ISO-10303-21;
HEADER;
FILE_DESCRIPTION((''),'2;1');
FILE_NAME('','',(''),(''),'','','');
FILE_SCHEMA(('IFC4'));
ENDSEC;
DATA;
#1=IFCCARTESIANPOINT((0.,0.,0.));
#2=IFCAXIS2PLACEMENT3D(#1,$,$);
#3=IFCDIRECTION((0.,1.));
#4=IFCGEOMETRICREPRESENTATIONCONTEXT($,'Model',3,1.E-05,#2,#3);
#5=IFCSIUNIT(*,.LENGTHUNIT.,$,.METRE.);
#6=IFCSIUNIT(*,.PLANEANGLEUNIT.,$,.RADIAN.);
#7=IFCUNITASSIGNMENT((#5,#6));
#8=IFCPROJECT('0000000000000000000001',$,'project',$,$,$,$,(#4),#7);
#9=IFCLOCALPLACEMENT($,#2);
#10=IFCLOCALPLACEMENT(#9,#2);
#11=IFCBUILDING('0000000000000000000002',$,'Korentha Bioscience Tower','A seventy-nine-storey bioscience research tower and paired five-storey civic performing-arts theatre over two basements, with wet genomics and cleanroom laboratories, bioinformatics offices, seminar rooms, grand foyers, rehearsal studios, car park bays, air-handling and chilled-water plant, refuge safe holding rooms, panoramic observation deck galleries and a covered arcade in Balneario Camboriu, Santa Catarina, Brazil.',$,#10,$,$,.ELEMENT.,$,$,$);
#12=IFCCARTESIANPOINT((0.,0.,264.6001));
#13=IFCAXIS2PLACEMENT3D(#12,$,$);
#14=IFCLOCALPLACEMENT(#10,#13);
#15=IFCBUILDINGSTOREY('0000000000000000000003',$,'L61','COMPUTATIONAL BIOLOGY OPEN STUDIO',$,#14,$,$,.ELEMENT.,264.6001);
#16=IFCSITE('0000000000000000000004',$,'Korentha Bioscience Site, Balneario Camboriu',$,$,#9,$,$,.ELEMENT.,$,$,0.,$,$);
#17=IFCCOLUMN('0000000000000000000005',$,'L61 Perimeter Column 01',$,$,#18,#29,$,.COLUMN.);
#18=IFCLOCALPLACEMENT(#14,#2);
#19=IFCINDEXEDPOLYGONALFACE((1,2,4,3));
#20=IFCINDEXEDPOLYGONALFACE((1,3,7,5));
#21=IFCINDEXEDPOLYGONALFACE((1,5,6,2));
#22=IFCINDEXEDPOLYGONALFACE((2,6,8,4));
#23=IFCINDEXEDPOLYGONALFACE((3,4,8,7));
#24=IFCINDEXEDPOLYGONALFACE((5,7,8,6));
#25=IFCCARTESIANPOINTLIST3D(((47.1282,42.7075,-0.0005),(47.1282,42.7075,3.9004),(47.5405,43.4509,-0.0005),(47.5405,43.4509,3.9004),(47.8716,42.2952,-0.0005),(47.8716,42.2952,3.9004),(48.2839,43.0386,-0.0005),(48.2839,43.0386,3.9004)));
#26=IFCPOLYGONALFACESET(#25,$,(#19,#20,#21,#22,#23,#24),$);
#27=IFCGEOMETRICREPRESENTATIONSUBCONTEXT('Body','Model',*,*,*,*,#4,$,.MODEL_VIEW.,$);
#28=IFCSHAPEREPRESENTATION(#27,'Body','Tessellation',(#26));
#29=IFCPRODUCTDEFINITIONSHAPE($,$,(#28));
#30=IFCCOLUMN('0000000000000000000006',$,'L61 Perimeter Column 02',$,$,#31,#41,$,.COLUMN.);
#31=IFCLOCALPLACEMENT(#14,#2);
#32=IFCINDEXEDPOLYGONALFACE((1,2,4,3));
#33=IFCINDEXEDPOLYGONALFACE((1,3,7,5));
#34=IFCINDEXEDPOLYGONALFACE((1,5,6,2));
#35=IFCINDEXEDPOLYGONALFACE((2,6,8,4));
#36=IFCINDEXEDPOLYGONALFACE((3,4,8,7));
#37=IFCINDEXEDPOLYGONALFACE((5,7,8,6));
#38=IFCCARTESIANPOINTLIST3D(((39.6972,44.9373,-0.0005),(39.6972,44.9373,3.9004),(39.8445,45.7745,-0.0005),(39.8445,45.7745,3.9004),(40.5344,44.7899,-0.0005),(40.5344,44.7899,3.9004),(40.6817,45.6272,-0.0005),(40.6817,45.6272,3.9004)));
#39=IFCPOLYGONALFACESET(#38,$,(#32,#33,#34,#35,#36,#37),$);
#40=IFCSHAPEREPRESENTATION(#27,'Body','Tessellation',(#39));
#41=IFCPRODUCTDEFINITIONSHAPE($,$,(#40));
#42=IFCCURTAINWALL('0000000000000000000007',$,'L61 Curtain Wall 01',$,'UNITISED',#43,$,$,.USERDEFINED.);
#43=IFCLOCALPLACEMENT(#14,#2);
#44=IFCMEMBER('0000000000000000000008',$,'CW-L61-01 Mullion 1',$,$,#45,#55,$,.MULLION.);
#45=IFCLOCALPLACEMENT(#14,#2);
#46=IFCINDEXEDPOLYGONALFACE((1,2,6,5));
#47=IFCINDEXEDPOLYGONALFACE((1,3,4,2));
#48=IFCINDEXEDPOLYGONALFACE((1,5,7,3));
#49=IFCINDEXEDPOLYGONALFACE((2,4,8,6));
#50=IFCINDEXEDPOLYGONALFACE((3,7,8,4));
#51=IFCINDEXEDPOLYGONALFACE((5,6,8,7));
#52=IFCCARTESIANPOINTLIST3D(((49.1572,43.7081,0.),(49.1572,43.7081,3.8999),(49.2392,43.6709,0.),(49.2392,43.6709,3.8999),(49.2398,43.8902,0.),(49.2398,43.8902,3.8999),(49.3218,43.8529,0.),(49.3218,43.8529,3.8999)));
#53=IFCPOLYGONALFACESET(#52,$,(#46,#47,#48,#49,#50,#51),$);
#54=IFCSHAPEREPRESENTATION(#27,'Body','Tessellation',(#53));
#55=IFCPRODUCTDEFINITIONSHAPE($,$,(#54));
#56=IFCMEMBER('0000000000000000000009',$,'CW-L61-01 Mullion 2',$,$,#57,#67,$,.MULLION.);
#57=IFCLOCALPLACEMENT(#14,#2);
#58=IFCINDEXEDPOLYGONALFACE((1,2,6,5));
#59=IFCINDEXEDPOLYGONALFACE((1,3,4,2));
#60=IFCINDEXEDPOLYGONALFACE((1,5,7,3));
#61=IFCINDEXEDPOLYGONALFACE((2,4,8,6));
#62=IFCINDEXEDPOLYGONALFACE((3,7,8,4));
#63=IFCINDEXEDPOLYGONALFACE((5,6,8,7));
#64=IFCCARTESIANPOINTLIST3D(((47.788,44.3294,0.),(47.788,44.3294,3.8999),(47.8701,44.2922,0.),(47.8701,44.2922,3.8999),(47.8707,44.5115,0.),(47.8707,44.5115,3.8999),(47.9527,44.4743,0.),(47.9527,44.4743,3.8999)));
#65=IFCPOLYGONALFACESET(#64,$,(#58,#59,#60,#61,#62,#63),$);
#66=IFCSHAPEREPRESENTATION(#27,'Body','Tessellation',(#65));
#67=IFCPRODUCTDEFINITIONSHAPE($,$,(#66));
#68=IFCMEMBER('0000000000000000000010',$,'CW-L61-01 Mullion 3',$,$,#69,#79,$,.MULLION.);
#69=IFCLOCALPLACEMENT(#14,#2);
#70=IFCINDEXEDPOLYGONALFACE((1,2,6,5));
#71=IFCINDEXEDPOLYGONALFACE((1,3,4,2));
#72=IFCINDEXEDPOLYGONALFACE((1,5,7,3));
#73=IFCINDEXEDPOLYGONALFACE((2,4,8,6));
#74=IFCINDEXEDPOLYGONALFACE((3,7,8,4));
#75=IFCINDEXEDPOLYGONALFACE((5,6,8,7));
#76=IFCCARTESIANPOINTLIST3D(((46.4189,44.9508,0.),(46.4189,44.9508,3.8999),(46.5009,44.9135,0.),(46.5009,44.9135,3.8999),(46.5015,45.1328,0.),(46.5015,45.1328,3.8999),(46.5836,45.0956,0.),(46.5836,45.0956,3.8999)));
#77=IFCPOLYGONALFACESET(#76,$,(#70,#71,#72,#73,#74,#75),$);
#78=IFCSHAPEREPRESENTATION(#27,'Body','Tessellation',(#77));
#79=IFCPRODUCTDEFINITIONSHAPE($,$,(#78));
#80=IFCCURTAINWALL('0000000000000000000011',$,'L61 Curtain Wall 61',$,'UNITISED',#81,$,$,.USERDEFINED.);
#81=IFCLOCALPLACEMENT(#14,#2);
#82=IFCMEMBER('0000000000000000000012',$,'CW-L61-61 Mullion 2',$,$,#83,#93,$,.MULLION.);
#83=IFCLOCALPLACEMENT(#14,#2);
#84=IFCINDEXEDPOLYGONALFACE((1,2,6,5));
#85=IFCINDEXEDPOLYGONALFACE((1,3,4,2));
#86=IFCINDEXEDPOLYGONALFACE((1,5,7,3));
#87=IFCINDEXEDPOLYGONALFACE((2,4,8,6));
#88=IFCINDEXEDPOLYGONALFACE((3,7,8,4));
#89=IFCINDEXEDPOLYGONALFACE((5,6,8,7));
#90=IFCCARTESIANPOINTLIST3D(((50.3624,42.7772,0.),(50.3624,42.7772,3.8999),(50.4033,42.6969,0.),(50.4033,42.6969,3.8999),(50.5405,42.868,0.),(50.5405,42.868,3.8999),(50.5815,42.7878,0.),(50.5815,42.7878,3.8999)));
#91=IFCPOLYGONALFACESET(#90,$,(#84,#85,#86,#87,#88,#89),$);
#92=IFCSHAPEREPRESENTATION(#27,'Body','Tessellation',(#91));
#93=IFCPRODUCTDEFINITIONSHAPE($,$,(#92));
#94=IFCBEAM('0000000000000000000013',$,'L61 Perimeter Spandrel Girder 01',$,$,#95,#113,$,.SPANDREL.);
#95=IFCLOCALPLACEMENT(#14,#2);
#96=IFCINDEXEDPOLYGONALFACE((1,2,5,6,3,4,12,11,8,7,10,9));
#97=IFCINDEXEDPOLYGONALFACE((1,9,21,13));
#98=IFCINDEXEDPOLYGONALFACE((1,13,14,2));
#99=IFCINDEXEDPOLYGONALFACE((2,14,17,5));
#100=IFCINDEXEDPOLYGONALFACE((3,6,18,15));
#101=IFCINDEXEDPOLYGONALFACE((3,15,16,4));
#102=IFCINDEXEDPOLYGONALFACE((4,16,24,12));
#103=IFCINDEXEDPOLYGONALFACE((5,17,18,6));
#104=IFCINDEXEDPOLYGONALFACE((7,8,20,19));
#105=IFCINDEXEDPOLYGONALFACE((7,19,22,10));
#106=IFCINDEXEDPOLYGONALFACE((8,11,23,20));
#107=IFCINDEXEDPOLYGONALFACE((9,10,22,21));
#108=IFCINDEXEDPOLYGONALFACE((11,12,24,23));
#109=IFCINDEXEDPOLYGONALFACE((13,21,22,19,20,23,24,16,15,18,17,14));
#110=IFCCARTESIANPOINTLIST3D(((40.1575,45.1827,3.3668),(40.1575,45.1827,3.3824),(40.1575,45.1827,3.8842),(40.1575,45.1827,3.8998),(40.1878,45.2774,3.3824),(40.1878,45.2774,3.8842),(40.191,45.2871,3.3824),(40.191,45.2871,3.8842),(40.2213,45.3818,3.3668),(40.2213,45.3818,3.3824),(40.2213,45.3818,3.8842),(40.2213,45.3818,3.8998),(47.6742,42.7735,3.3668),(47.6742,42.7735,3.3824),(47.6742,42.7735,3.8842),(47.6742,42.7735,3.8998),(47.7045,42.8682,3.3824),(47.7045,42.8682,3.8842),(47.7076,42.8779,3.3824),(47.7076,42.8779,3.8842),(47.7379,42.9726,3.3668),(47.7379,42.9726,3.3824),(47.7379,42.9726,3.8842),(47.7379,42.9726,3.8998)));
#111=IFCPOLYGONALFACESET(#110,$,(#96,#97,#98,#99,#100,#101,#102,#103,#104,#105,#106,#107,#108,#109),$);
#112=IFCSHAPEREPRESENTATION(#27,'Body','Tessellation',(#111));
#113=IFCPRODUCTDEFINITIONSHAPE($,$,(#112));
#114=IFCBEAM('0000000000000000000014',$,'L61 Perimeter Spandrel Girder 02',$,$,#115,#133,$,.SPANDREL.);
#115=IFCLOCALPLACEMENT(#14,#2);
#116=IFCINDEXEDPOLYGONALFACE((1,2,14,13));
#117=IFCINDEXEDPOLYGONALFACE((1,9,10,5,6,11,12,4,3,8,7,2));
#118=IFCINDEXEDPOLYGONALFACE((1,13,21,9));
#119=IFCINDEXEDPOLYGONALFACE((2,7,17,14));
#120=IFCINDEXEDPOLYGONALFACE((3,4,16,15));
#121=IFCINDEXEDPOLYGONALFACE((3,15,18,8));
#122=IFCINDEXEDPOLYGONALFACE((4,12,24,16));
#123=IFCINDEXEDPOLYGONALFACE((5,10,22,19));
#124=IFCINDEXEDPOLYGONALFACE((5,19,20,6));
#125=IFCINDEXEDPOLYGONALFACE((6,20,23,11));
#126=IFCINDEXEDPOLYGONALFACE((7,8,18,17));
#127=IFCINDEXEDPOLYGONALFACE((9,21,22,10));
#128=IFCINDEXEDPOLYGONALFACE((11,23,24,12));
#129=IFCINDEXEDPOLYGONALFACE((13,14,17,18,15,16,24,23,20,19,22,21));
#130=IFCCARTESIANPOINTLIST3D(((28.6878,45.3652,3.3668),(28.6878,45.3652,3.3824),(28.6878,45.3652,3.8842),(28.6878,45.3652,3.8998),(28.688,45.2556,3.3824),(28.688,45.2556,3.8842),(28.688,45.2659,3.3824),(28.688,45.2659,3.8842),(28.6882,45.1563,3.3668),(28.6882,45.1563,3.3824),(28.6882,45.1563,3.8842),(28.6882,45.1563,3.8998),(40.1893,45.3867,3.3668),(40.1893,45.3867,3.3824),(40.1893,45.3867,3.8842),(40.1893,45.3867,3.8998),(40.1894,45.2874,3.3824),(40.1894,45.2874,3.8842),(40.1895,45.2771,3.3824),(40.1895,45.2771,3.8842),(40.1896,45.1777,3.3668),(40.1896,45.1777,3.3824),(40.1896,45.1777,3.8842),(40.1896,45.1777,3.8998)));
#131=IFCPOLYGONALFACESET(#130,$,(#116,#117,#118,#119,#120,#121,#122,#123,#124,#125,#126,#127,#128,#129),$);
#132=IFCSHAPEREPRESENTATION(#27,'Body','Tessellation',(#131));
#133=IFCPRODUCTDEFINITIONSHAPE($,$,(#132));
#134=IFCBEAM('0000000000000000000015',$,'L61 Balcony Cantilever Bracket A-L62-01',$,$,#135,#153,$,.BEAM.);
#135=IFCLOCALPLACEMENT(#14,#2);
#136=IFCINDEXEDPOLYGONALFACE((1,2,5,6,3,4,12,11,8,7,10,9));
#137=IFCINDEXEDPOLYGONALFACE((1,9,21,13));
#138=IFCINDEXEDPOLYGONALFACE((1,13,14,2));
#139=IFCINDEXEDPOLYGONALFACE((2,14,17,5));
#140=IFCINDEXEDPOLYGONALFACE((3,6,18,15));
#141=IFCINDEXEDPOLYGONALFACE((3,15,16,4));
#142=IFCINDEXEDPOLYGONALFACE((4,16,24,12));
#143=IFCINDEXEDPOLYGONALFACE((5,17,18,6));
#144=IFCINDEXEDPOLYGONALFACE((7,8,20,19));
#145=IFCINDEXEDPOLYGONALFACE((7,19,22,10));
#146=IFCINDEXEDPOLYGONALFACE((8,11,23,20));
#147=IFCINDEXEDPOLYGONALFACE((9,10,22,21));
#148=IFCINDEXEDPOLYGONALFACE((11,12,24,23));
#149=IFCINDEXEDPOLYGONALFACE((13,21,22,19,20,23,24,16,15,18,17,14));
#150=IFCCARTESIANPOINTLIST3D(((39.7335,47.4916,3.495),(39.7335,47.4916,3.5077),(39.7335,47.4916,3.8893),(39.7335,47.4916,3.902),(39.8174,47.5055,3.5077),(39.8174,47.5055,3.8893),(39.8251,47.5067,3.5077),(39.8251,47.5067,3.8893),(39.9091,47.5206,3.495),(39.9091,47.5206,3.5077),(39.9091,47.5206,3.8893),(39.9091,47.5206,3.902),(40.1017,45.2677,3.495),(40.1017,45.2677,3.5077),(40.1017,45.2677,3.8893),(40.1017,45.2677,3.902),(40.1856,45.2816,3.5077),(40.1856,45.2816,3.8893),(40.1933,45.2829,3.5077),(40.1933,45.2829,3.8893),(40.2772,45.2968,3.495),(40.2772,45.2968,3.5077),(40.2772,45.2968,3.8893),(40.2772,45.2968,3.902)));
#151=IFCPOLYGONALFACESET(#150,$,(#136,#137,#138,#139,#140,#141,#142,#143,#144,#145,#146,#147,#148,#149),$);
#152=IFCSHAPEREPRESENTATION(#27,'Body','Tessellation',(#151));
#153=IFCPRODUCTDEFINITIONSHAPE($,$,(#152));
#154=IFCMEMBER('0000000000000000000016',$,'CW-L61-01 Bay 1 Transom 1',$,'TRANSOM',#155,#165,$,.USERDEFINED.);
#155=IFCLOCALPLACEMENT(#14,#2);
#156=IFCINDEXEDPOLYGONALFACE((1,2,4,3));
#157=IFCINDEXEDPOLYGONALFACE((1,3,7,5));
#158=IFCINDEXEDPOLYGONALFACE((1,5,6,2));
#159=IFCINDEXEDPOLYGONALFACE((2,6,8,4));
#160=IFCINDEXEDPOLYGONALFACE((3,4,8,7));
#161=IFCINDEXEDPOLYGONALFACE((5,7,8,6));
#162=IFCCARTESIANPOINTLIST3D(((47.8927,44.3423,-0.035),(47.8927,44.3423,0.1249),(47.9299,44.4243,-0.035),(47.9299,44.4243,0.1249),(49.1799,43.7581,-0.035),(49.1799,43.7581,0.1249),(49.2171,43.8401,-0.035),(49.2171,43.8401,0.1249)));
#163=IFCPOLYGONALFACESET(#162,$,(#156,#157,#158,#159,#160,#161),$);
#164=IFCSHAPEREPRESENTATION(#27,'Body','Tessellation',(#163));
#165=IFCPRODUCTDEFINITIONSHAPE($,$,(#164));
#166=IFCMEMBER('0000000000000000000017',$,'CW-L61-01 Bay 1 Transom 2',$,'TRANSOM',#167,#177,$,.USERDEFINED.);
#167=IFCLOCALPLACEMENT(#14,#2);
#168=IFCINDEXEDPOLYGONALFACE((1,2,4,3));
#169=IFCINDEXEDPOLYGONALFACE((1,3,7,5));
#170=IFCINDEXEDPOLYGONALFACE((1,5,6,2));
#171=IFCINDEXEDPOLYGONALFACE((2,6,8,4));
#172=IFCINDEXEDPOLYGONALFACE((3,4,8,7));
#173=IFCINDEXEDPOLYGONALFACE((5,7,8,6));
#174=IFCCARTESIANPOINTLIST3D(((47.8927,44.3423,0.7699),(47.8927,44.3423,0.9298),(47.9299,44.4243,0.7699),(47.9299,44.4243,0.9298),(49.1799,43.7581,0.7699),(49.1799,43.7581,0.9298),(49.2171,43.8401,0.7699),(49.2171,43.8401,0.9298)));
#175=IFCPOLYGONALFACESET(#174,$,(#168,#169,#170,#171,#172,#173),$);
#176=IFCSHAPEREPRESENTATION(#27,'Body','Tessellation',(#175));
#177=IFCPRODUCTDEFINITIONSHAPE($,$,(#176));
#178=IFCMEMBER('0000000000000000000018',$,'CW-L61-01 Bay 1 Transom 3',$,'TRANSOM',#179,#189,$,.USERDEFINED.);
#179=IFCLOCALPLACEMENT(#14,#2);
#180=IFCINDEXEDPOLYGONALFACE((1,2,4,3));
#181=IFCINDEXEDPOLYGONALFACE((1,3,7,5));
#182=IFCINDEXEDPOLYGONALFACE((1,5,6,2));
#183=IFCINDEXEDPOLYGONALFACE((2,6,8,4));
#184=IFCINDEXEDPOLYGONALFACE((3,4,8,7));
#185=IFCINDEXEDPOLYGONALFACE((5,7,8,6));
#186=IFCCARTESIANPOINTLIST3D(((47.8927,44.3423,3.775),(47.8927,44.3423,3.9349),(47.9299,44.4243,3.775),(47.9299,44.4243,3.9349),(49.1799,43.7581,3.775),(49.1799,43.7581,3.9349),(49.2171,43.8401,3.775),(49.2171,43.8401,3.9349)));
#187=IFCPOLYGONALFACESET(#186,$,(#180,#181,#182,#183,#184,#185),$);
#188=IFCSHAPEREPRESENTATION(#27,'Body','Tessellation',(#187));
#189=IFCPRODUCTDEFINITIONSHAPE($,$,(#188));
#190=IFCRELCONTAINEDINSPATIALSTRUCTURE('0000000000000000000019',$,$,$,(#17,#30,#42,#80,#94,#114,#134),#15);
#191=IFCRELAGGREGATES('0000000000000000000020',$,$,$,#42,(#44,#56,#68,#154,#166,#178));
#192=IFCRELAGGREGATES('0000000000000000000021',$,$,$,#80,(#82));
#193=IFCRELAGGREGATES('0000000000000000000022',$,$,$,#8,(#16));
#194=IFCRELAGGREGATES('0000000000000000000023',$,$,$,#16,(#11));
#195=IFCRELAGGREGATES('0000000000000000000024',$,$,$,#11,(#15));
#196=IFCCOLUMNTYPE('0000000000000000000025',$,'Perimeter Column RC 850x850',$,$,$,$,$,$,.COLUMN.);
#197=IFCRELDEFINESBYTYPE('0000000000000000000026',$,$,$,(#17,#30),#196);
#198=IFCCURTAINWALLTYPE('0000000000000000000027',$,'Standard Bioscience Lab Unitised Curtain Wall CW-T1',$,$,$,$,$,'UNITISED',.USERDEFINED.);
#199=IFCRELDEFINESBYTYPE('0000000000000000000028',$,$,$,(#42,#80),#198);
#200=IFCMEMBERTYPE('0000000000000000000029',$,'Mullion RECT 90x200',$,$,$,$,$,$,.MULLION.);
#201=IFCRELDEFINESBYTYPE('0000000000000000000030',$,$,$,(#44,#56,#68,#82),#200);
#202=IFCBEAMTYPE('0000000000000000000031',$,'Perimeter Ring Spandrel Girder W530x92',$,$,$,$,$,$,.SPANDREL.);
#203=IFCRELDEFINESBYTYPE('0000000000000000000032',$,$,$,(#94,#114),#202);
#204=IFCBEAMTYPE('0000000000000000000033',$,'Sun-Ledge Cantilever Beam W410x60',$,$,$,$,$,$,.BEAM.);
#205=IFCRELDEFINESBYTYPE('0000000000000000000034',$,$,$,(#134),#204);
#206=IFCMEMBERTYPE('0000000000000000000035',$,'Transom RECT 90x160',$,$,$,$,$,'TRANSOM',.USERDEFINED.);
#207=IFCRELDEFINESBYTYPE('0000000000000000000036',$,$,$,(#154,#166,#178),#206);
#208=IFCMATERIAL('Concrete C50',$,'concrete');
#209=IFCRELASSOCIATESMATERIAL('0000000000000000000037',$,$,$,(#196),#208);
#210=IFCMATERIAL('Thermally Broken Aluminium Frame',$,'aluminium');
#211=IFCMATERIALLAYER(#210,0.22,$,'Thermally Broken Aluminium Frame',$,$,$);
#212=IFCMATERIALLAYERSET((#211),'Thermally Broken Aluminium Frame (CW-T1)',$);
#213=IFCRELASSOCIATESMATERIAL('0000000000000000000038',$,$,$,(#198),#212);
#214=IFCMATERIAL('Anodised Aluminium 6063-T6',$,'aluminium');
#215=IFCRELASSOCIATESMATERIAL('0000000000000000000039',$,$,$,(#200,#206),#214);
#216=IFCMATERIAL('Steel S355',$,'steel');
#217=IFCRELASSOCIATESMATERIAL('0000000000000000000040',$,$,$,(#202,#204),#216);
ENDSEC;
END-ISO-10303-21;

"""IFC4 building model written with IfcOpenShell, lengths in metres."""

from ifc_helpers import new_model, si_unit, direction, frame, origin, origin_2d, place, context, subcontext, project, spatial, rectangle, i_section, extrude, material, layer, layer_set, material_profile, profile_set, type_object, element, aggregate, save


model = new_model("IFC4")

# Units and contexts
model_context = context("Model", 3, precision=1e-05, world=origin(), true_north=direction((0.0, 1.0)))
body_context = subcontext(model_context, "Body", "Model", "MODEL_VIEW")
ifc_project = project(units=[si_unit("LENGTHUNIT", "METRE"), si_unit("PLANEANGLEUNIT", "RADIAN")], contexts=[model_context])

# Site, building, storey
site_placement = place(None, origin())
site = spatial("IfcSite", under=ifc_project, at=site_placement, Name="Korentha Bioscience Site, Balneario Camboriu", CompositionType="ELEMENT", RefElevation=0.0)
building_placement = place(site_placement, origin())
building = spatial("IfcBuilding", under=site, at=building_placement, Name="Korentha Bioscience Tower", Description="A seventy-nine-storey bioscience research tower and paired five-storey civic performing-arts theatre over two basements, with wet genomics and cleanroom laboratories, bioinformatics offices, seminar rooms, grand foyers, rehearsal studios, car park bays, air-handling and chilled-water plant, refuge safe holding rooms, panoramic observation deck galleries and a covered arcade in Balneario Camboriu, Santa Catarina, Brazil.", CompositionType="ELEMENT")
storey_placement = place(building_placement, frame((0.0, 0.0, 264.6001)))
storey = spatial("IfcBuildingStorey", under=building, at=storey_placement, Name="L61", Description="COMPUTATIONAL BIOLOGY OPEN STUDIO", CompositionType="ELEMENT", Elevation=264.6001)

# Columns
ifc_material_1 = material(Name="Concrete C50", Category="concrete")
ifc_material_profile_1 = material_profile(ifc_material_1, rectangle(XDim=0.8501, YDim=0.8501, at=origin_2d()), Name="Concrete C50")
ifc_profile_set_1 = profile_set([ifc_material_profile_1], Name="Concrete C50 (COL-P08)")
column_type = type_object("IfcColumnType", Name="Perimeter Column RC 850x850", PredefinedType="COLUMN", material=ifc_profile_set_1)
for number, where, z_axis, x_axis, name in (
    (1, (47.7061, 42.873, -0.0005), (0.0, 0.0, 1.0), (-0.874535, 0.484962, 0.0), "L61 Perimeter Column 01"),
    (2, (40.1895, 45.2822, -0.0005), (0.0, 0.0, 1.0), (-0.984868, 0.173304, 0.0), "L61 Perimeter Column 02"),
):
    element("IfcColumn", number, at=place(storey_placement, frame(where, z_axis=z_axis, x_axis=x_axis)), inside=storey, type_object=column_type, Name=name, PredefinedType="COLUMN", context=body_context, shape_type="SweptSolid", body=[
        extrude(rectangle(XDim=0.8501, YDim=0.8501, at=origin_2d()), origin(), (0.0, 0.0, 1.0), 3.9009),
    ])

# Curtain wall, members
ifc_material_2 = material(Name="Thermally Broken Aluminium Frame", Category="aluminium")
ifc_layer_1 = layer(ifc_material_2, 0.22, Name="Thermally Broken Aluminium Frame")
ifc_layer_set_1 = layer_set([ifc_layer_1], Name="Thermally Broken Aluminium Frame (CW-T1)")
curtain_wall_type = type_object("IfcCurtainWallType", Name="Standard Bioscience Lab Unitised Curtain Wall CW-T1", ElementType="UNITISED", PredefinedType="USERDEFINED", material=ifc_layer_set_1)
curtain_wall_1_placement = place(storey_placement, origin())
curtain_wall_1 = element("IfcCurtainWall", 3, at=curtain_wall_1_placement, inside=storey, type_object=curtain_wall_type, Name="L61 Curtain Wall 01", ObjectType="UNITISED", PredefinedType="USERDEFINED")
ifc_material_3 = material(Name="Anodised Aluminium 6063-T6", Category="aluminium")
ifc_material_profile_2 = material_profile(ifc_material_3, rectangle(XDim=0.0901, YDim=0.2, at=origin_2d()), Name="Anodised Aluminium 6063-T6")
ifc_profile_set_2 = profile_set([ifc_material_profile_2], Name="Anodised Aluminium 6063-T6 (CW-MUL)")
member_type_1 = type_object("IfcMemberType", Name="Mullion RECT 90x200", PredefinedType="MULLION", material=ifc_profile_set_2)
member_1_placement = place(storey_placement, frame((49.2395, 43.7805, 0.0), z_axis=(0.0, 0.0, 1.0), x_axis=(-0.910604, 0.41328, 0.0)))
member_1 = element("IfcMember", 4, at=member_1_placement, type_object=member_type_1, Name="CW-L61-01 Mullion 1", PredefinedType="MULLION", context=body_context, shape_type="SweptSolid", body=[
    extrude(rectangle(XDim=0.0901, YDim=0.2, at=origin_2d()), origin(), (0.0, 0.0, 1.0), 3.8999),
])
member_2_placement = place(storey_placement, frame((47.8704, 44.4019, 0.0), z_axis=(0.0, 0.0, 1.0), x_axis=(-0.910604, 0.41328, 0.0)))
member_2 = element("IfcMember", 5, at=member_2_placement, type_object=member_type_1, Name="CW-L61-01 Mullion 2", PredefinedType="MULLION", context=body_context, shape_type="SweptSolid", body=[
    extrude(rectangle(XDim=0.0901, YDim=0.2, at=origin_2d()), origin(), (0.0, 0.0, 1.0), 3.8999),
])
member_3_placement = place(storey_placement, frame((46.5012, 45.0232, 0.0), z_axis=(0.0, 0.0, 1.0), x_axis=(-0.910604, 0.41328, 0.0)))
member_3 = element("IfcMember", 6, at=member_3_placement, type_object=member_type_1, Name="CW-L61-01 Mullion 3", PredefinedType="MULLION", context=body_context, shape_type="SweptSolid", body=[
    extrude(rectangle(XDim=0.0901, YDim=0.2, at=origin_2d()), origin(), (0.0, 0.0, 1.0), 3.8999),
])

# Curtain wall, member
curtain_wall_2_placement = place(storey_placement, origin())
curtain_wall_2 = element("IfcCurtainWall", 7, at=curtain_wall_2_placement, inside=storey, type_object=curtain_wall_type, Name="L61 Curtain Wall 61", ObjectType="UNITISED", PredefinedType="USERDEFINED")
member_4_placement = place(storey_placement, frame((50.4719, 42.7825, 0.0), z_axis=(0.0, 0.0, 1.0), x_axis=(-0.454239, 0.89088, 0.0)))
member_4 = element("IfcMember", 8, at=member_4_placement, type_object=member_type_1, Name="CW-L61-61 Mullion 2", PredefinedType="MULLION", context=body_context, shape_type="SweptSolid", body=[
    extrude(rectangle(XDim=0.0901, YDim=0.2, at=origin_2d()), origin(), (0.0, 0.0, 1.0), 3.8999),
])

# Beams
ifc_material_4 = material(Name="Steel S355", Category="steel")
ifc_material_profile_3 = material_profile(ifc_material_4, i_section(OverallWidth=0.209, OverallDepth=0.533, WebThickness=0.0103, FlangeThickness=0.0156, at=origin_2d()), Name="Steel S355")
ifc_profile_set_3 = profile_set([ifc_material_profile_3], Name="Steel S355 (SB-530)")
beam_type_1 = type_object("IfcBeamType", Name="Perimeter Ring Spandrel Girder W530x92", PredefinedType="SPANDREL", material=ifc_profile_set_3)
beam_1_placement = place(storey_placement, frame((47.7061, 42.873, 3.6333), z_axis=(-0.952282, 0.30522, 0.0), x_axis=(-0.30522, -0.952282, 0.0)))
element("IfcBeam", 9, at=beam_1_placement, inside=storey, type_object=beam_type_1, Name="L61 Perimeter Spandrel Girder 01", PredefinedType="SPANDREL", context=body_context, shape_type="SweptSolid", body=[
    extrude(i_section(OverallWidth=0.209, OverallDepth=0.533, WebThickness=0.0103, FlangeThickness=0.0156, at=origin_2d()), origin(), (0.0, 0.0, 1.0), 7.8933),
])
beam_2_placement = place(storey_placement, frame((40.1895, 45.2822, 3.6333), z_axis=(-0.999998, -0.001868, 0.0), x_axis=(0.001868, -0.999998, 0.0)))
element("IfcBeam", 10, at=beam_2_placement, inside=storey, type_object=beam_type_1, Name="L61 Perimeter Spandrel Girder 02", PredefinedType="SPANDREL", context=body_context, shape_type="SweptSolid", body=[
    extrude(i_section(OverallWidth=0.209, OverallDepth=0.533, WebThickness=0.0103, FlangeThickness=0.0156, at=origin_2d()), origin(), (0.0, 0.0, 1.0), 11.5015),
])
ifc_material_profile_4 = material_profile(ifc_material_4, i_section(OverallWidth=0.178, OverallDepth=0.407, WebThickness=0.0078, FlangeThickness=0.0127, at=origin_2d()), Name="Steel S355")
ifc_profile_set_4 = profile_set([ifc_material_profile_4], Name="Steel S355 (CB-410)")
beam_type_2 = type_object("IfcBeamType", Name="Sun-Ledge Cantilever Beam W410x60", PredefinedType="BEAM", material=ifc_profile_set_4)
beam_3_placement = place(storey_placement, frame((40.1895, 45.2822, 3.6985), z_axis=(-0.163328, 0.986572, 0.0), x_axis=(-0.986572, -0.163328, 0.0)))
element("IfcBeam", 11, at=beam_3_placement, inside=storey, type_object=beam_type_2, Name="L61 Balcony Cantilever Bracket A-L62-01", PredefinedType="BEAM", context=body_context, shape_type="SweptSolid", body=[
    extrude(i_section(OverallWidth=0.178, OverallDepth=0.407, WebThickness=0.0078, FlangeThickness=0.0127, at=origin_2d()), origin(), (0.0, 0.0, 1.0), 2.2542),
])

# Members
ifc_material_profile_5 = material_profile(ifc_material_3, rectangle(XDim=0.0901, YDim=0.1599, at=origin_2d()), Name="Anodised Aluminium 6063-T6")
ifc_profile_set_5 = profile_set([ifc_material_profile_5], Name="Anodised Aluminium 6063-T6 (CW-TRN)")
member_type_2 = type_object("IfcMemberType", Name="Transom RECT 90x160", ElementType="TRANSOM", PredefinedType="USERDEFINED", material=ifc_profile_set_5)
member_5_placement = place(storey_placement, frame((49.1985, 43.7991, 0.0449), z_axis=(-0.910585, 0.413321, 0.0), x_axis=(-0.413321, -0.910585, 0.0)))
member_5 = element("IfcMember", 12, at=member_5_placement, type_object=member_type_2, Name="CW-L61-01 Bay 1 Transom 1", ObjectType="TRANSOM", PredefinedType="USERDEFINED", context=body_context, shape_type="SweptSolid", body=[
    extrude(rectangle(XDim=0.0901, YDim=0.1599, at=origin_2d()), origin(), (0.0, 0.0, 1.0), 1.4136),
])
member_6_placement = place(storey_placement, frame((49.1985, 43.7991, 0.8499), z_axis=(-0.910585, 0.413321, 0.0), x_axis=(-0.413321, -0.910585, 0.0)))
member_6 = element("IfcMember", 13, at=member_6_placement, type_object=member_type_2, Name="CW-L61-01 Bay 1 Transom 2", ObjectType="TRANSOM", PredefinedType="USERDEFINED", context=body_context, shape_type="SweptSolid", body=[
    extrude(rectangle(XDim=0.0901, YDim=0.1599, at=origin_2d()), origin(), (0.0, 0.0, 1.0), 1.4136),
])
member_7_placement = place(storey_placement, frame((49.1985, 43.7991, 3.855), z_axis=(-0.910585, 0.413321, 0.0), x_axis=(-0.413321, -0.910585, 0.0)))
member_7 = element("IfcMember", 14, at=member_7_placement, type_object=member_type_2, Name="CW-L61-01 Bay 1 Transom 3", ObjectType="TRANSOM", PredefinedType="USERDEFINED", context=body_context, shape_type="SweptSolid", body=[
    extrude(rectangle(XDim=0.0901, YDim=0.1599, at=origin_2d()), origin(), (0.0, 0.0, 1.0), 1.4136),
])

aggregate(curtain_wall_1, [member_1, member_2, member_3, member_5, member_6, member_7])
aggregate(curtain_wall_2, [member_4])

save(model, "model.ifc")
